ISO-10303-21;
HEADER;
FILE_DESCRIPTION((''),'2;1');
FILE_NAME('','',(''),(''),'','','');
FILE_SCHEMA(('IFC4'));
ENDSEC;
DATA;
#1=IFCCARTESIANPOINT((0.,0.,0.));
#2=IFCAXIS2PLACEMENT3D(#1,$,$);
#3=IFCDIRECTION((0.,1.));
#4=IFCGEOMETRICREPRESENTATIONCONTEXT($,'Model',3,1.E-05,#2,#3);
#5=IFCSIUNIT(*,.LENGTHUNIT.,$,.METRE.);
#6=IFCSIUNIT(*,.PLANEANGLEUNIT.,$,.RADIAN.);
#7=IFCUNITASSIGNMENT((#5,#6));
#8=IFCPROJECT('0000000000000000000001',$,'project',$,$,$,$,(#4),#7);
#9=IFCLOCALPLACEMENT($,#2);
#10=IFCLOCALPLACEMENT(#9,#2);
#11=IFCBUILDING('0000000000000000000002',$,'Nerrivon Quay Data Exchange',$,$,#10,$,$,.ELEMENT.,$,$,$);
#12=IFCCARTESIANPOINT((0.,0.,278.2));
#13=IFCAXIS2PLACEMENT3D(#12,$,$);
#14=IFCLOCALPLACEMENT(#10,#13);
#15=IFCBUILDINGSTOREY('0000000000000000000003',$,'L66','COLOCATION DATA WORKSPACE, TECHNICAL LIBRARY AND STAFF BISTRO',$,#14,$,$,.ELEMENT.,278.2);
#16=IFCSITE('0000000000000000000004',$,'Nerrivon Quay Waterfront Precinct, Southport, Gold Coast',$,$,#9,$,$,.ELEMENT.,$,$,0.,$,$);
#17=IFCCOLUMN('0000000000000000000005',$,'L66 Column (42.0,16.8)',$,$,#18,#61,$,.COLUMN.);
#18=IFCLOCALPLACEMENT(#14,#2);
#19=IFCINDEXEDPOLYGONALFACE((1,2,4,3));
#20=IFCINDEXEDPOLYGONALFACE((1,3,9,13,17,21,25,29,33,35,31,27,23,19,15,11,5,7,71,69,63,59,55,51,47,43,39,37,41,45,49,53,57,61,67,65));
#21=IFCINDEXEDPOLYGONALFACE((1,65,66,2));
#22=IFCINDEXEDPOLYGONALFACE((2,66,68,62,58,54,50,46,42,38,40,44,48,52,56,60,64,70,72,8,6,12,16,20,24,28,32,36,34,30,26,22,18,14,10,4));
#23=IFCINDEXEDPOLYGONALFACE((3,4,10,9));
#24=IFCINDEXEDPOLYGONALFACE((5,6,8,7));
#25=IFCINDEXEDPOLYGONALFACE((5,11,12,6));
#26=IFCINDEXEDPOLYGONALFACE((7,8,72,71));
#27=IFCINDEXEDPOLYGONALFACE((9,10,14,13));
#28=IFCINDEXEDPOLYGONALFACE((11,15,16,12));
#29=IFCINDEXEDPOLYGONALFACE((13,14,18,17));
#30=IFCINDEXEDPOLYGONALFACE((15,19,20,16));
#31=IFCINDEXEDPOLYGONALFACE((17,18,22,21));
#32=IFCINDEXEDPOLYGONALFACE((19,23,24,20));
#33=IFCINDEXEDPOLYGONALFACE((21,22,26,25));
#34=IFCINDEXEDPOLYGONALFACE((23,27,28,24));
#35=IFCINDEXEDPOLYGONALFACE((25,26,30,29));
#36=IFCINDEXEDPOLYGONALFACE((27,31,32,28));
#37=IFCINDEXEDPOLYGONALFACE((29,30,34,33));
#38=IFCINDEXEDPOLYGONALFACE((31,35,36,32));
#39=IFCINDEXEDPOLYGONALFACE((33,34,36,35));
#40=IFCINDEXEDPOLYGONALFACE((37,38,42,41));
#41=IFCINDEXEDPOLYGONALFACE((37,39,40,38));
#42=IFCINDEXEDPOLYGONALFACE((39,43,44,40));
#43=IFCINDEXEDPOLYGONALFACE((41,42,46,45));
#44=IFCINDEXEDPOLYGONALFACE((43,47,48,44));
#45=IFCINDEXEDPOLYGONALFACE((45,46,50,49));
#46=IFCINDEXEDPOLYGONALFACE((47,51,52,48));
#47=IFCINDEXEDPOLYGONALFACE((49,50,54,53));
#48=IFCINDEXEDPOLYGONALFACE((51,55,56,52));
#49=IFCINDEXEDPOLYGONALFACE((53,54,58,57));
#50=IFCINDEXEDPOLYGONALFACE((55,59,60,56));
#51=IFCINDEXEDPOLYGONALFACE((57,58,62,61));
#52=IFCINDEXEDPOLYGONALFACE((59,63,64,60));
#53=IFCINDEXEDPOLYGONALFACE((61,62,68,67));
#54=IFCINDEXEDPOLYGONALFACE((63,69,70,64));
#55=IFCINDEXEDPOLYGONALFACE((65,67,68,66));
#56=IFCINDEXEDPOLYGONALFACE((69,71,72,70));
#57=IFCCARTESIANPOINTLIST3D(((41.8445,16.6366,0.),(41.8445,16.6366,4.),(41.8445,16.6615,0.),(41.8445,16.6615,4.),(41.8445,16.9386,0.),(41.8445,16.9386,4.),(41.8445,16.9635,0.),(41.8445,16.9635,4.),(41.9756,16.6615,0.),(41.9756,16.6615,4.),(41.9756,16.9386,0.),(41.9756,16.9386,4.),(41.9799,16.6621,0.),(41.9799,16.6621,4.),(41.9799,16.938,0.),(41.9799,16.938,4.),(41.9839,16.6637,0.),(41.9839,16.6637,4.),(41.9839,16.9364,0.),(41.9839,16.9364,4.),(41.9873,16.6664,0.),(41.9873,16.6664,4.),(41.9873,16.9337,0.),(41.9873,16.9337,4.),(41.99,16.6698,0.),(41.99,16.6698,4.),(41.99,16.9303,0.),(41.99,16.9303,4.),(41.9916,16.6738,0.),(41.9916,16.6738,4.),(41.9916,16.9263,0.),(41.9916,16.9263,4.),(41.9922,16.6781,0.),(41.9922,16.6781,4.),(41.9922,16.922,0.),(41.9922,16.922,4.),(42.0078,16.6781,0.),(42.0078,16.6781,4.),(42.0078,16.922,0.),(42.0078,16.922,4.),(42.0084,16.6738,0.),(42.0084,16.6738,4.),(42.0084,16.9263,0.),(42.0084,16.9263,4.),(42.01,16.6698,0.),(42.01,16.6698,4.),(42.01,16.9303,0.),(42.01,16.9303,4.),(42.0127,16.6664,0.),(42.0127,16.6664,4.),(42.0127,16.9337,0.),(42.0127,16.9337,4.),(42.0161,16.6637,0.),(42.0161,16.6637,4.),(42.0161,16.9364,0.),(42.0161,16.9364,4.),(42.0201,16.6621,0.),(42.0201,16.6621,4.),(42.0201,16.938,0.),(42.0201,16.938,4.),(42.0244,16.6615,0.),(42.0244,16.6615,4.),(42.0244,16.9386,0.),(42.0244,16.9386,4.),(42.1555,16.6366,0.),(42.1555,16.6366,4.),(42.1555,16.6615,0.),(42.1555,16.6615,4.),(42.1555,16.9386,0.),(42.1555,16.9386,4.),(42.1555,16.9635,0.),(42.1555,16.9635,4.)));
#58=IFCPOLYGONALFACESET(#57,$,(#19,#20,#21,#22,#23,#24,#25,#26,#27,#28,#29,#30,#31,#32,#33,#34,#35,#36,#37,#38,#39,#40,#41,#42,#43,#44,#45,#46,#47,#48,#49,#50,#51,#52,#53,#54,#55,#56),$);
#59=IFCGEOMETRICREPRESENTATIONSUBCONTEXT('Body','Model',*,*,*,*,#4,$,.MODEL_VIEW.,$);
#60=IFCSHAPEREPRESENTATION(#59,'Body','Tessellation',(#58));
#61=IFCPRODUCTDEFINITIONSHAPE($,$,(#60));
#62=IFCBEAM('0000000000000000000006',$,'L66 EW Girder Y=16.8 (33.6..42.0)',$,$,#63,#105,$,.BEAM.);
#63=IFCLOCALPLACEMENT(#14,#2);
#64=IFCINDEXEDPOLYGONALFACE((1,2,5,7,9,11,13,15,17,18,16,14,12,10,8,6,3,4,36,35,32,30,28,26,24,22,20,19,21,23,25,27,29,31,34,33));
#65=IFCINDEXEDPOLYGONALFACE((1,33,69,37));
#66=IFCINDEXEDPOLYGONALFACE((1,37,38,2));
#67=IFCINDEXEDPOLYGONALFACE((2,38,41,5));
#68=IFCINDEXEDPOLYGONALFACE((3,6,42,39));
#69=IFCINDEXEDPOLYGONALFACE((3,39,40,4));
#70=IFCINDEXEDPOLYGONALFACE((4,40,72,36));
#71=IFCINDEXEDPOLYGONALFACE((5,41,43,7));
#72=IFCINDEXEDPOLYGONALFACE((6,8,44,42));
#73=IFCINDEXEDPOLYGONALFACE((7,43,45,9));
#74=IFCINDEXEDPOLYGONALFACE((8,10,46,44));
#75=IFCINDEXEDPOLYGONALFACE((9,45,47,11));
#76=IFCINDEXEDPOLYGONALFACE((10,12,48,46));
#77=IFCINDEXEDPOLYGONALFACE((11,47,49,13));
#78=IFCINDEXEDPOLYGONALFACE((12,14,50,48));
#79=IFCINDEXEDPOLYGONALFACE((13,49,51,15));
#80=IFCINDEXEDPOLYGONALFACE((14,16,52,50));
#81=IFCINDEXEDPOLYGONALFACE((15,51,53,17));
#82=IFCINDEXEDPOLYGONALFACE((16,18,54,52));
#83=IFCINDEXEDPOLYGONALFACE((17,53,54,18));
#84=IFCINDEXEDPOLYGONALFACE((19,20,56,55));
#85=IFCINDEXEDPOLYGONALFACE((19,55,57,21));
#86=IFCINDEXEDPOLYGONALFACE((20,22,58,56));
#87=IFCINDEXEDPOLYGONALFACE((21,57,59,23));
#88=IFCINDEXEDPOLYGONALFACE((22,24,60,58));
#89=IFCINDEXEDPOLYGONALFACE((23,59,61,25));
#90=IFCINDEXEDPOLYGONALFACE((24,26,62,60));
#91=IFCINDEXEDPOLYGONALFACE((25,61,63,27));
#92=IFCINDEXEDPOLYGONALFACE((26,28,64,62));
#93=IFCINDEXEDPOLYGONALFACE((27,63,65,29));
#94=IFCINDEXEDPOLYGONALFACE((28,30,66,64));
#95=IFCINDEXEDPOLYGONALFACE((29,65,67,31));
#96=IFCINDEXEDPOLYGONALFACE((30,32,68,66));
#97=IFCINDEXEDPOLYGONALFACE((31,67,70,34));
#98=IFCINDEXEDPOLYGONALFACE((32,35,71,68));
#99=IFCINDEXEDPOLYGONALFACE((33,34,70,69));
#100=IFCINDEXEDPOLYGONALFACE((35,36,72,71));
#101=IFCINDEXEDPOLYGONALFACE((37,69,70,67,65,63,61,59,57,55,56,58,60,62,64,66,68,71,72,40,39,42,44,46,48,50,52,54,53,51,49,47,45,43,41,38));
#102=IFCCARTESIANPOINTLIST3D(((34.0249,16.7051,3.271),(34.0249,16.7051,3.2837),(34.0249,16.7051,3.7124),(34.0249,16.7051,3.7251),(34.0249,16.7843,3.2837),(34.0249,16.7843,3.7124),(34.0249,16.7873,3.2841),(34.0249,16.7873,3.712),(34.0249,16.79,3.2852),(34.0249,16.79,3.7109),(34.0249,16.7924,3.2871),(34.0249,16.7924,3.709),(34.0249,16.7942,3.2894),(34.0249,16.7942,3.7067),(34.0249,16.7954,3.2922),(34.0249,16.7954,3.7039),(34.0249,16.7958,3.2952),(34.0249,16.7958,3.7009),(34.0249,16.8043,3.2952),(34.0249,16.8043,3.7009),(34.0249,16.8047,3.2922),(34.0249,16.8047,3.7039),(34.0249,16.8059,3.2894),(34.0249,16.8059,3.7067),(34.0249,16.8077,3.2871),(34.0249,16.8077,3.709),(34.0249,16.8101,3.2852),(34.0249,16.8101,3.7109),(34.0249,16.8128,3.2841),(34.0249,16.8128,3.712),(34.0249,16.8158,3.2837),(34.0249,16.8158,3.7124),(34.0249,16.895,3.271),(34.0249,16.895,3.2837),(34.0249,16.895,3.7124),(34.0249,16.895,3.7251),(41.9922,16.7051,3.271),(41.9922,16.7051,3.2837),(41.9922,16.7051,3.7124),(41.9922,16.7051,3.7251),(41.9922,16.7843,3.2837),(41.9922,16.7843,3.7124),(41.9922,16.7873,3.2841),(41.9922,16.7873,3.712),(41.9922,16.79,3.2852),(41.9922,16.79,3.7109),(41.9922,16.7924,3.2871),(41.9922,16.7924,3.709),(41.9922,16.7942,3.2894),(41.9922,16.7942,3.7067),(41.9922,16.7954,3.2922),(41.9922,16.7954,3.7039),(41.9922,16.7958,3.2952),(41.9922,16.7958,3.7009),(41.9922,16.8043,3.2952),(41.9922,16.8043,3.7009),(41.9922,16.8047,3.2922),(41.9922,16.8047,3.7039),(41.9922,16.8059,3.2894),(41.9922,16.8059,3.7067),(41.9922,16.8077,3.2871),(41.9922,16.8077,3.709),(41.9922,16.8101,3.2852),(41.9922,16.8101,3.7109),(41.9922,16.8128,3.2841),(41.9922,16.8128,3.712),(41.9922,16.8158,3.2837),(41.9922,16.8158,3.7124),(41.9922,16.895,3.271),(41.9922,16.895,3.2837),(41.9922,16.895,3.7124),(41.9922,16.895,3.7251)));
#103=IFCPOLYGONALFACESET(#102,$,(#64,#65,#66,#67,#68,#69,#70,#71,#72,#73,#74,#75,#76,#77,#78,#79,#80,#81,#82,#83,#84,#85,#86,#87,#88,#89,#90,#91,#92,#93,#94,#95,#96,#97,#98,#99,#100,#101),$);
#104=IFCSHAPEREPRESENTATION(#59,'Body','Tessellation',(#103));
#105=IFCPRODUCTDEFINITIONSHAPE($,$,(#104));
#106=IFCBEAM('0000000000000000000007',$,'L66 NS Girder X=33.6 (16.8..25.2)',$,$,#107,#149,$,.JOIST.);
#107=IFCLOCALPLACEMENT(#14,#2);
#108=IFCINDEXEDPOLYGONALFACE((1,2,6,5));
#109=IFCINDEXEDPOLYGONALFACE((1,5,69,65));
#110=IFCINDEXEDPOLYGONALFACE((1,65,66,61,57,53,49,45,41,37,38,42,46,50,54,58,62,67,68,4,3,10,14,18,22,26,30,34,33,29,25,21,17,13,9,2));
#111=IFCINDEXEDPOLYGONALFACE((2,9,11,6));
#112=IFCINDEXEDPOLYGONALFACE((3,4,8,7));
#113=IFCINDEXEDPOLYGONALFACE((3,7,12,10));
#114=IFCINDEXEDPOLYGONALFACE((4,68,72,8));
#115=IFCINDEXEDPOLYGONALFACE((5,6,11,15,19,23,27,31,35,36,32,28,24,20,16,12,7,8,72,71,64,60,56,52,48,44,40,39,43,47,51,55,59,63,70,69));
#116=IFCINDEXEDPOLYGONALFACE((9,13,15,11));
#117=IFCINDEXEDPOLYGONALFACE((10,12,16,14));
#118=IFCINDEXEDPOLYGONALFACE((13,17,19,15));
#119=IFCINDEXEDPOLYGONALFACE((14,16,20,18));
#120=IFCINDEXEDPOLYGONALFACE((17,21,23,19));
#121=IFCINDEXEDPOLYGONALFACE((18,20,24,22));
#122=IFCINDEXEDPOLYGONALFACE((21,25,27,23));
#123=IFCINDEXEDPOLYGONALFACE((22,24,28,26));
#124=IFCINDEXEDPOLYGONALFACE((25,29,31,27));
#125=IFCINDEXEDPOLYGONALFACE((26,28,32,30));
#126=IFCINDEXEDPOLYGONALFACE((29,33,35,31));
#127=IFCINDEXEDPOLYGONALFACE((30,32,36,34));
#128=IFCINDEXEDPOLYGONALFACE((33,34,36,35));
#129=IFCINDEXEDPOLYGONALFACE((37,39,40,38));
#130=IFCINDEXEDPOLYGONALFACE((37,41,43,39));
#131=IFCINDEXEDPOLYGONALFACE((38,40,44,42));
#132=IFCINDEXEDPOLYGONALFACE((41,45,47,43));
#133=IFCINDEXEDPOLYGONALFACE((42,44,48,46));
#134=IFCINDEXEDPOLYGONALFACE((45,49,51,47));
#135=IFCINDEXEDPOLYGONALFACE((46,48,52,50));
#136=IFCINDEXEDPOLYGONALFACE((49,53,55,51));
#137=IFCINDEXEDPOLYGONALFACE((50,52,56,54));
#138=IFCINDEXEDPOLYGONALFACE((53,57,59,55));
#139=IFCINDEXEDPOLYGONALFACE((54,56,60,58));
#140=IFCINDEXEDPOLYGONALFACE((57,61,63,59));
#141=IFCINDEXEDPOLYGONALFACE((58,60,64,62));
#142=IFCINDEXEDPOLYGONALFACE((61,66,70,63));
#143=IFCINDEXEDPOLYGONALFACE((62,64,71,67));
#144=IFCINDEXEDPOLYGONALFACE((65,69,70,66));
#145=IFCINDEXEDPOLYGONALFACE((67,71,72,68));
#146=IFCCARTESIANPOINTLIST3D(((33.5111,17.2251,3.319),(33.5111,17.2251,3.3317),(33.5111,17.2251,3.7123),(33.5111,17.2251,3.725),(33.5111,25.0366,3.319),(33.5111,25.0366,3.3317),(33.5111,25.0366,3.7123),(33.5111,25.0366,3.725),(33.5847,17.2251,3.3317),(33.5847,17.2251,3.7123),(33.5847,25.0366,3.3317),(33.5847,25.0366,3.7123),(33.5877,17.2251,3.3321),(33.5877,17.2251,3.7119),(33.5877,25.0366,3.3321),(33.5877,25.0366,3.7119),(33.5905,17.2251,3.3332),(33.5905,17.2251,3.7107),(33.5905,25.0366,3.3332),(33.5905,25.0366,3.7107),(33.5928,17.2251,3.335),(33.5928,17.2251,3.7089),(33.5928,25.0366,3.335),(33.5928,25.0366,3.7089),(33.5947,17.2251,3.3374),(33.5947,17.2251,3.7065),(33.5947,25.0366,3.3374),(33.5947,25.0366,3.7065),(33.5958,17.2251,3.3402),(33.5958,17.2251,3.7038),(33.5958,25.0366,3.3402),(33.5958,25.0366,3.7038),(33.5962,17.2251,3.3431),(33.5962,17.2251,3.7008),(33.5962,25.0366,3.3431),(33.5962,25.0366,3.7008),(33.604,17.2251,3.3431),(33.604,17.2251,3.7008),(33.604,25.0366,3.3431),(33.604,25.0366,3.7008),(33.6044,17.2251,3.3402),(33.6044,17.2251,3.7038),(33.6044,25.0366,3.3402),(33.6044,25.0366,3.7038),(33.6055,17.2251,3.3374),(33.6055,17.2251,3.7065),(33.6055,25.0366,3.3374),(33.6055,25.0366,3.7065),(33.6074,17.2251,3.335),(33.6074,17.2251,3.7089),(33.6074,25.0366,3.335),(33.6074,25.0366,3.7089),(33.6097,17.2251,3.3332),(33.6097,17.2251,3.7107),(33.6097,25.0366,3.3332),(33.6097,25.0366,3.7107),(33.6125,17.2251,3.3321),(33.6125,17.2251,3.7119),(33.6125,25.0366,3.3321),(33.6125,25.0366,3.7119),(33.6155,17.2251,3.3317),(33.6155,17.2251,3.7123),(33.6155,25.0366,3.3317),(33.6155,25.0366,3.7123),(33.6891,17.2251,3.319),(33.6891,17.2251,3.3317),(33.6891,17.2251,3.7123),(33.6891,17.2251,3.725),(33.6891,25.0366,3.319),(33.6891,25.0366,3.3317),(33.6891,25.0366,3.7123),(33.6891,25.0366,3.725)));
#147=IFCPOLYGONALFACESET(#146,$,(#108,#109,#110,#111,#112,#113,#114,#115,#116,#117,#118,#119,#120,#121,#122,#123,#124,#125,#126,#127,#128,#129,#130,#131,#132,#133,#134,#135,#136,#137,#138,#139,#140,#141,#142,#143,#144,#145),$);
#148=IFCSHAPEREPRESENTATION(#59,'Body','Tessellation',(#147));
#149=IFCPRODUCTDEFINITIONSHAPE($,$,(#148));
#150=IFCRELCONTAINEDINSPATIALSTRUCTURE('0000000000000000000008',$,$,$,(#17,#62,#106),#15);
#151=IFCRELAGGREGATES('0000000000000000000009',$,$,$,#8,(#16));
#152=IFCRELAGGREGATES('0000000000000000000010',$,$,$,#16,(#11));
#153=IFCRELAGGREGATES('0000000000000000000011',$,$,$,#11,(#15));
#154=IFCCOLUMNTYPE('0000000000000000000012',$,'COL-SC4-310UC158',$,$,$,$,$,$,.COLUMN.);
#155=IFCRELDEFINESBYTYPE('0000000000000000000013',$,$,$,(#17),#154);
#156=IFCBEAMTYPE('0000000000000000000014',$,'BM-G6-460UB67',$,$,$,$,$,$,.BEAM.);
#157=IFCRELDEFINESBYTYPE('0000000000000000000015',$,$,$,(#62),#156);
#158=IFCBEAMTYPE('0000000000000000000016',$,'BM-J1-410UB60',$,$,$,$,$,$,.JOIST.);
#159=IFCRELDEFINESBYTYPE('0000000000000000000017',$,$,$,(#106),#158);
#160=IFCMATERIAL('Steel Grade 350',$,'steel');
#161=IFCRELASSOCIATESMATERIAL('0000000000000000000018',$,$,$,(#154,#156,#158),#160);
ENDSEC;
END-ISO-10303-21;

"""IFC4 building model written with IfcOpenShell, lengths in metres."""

from ifc_helpers import new_model, si_unit, direction, frame, origin, origin_2d, place, context, subcontext, project, spatial, i_section, extrude, material, material_profile, profile_set, type_object, element, save


model = new_model("IFC4")

# Units and contexts
model_context = context("Model", 3, precision=1e-05, world=origin(), true_north=direction((0.0, 1.0)))
body_context = subcontext(model_context, "Body", "Model", "MODEL_VIEW")
ifc_project = project(units=[si_unit("LENGTHUNIT", "METRE"), si_unit("PLANEANGLEUNIT", "RADIAN")], contexts=[model_context])

# Site, building, storey
site_placement = place(None, origin())
site = spatial("IfcSite", under=ifc_project, at=site_placement, Name="Nerrivon Quay Waterfront Precinct, Southport, Gold Coast", CompositionType="ELEMENT", RefElevation=0.0)
building_placement = place(site_placement, origin())
building = spatial("IfcBuilding", under=site, at=building_placement, Name="Nerrivon Quay Data Exchange", CompositionType="ELEMENT")
storey_placement = place(building_placement, frame((0.0, 0.0, 278.2)))
storey = spatial("IfcBuildingStorey", under=building, at=storey_placement, Name="L66", Description="COLOCATION DATA WORKSPACE, TECHNICAL LIBRARY AND STAFF BISTRO", CompositionType="ELEMENT", Elevation=278.2)

# Column
ifc_material_1 = material(Name="Steel Grade 350", Category="steel")
ifc_material_profile_1 = material_profile(ifc_material_1, i_section(OverallWidth=0.311, OverallDepth=0.3269, WebThickness=0.0156, FlangeThickness=0.0249, FilletRadius=0.0166, at=origin_2d()), Name="310UC158")
ifc_profile_set_1 = profile_set([ifc_material_profile_1], Name="Steel Grade 350")
column_type = type_object("IfcColumnType", Name="COL-SC4-310UC158", PredefinedType="COLUMN", material=ifc_profile_set_1)
column_placement = place(storey_placement, frame((42.0, 16.8, 0.0), z_axis=(0.0, 0.0, 1.0), x_axis=(1.0, 0.0, 0.0)))
element("IfcColumn", 1, at=column_placement, inside=storey, type_object=column_type, Name="L66 Column (42.0,16.8)", PredefinedType="COLUMN", context=body_context, shape_type="SweptSolid", body=[
    extrude(i_section(OverallWidth=0.311, OverallDepth=0.3269, WebThickness=0.0156, FlangeThickness=0.0249, FilletRadius=0.0166, at=origin_2d()), origin(), (0.0, 0.0, 1.0), 4.0),
])

# Beams
ifc_material_profile_2 = material_profile(ifc_material_1, i_section(OverallWidth=0.1899, OverallDepth=0.4541, WebThickness=0.0085, FlangeThickness=0.0127, FilletRadius=0.0115, at=origin_2d()), Name="460UB67.1")
ifc_profile_set_2 = profile_set([ifc_material_profile_2], Name="Steel Grade 350")
beam_type_1 = type_object("IfcBeamType", Name="BM-G6-460UB67", PredefinedType="BEAM", material=ifc_profile_set_2)
beam_1_placement = place(storey_placement, frame((34.0249, 16.8, 3.498), z_axis=(1.0, 0.0, 0.0), x_axis=(0.0, 1.0, 0.0)))
element("IfcBeam", 2, at=beam_1_placement, inside=storey, type_object=beam_type_1, Name="L66 EW Girder Y=16.8 (33.6..42.0)", PredefinedType="BEAM", context=body_context, shape_type="SweptSolid", body=[
    extrude(i_section(OverallWidth=0.1899, OverallDepth=0.4541, WebThickness=0.0085, FlangeThickness=0.0127, FilletRadius=0.0115, at=origin_2d()), origin(), (0.0, 0.0, 1.0), 7.9673),
])
ifc_material_profile_3 = material_profile(ifc_material_1, i_section(OverallWidth=0.178, OverallDepth=0.406, WebThickness=0.0078, FlangeThickness=0.0127, FilletRadius=0.0115, at=origin_2d()), Name="410UB59.7")
ifc_profile_set_3 = profile_set([ifc_material_profile_3], Name="Steel Grade 350")
beam_type_2 = type_object("IfcBeamType", Name="BM-J1-410UB60", PredefinedType="JOIST", material=ifc_profile_set_3)
beam_2_placement = place(storey_placement, frame((33.6001, 17.2251, 3.522), z_axis=(0.0, 1.0, 0.0), x_axis=(-1.0, 0.0, 0.0)))
element("IfcBeam", 3, at=beam_2_placement, inside=storey, type_object=beam_type_2, Name="L66 NS Girder X=33.6 (16.8..25.2)", PredefinedType="JOIST", context=body_context, shape_type="SweptSolid", body=[
    extrude(i_section(OverallWidth=0.178, OverallDepth=0.406, WebThickness=0.0078, FlangeThickness=0.0127, FilletRadius=0.0115, at=origin_2d()), origin(), (0.0, 0.0, 1.0), 7.8115),
])

save(model, "model.ifc")
